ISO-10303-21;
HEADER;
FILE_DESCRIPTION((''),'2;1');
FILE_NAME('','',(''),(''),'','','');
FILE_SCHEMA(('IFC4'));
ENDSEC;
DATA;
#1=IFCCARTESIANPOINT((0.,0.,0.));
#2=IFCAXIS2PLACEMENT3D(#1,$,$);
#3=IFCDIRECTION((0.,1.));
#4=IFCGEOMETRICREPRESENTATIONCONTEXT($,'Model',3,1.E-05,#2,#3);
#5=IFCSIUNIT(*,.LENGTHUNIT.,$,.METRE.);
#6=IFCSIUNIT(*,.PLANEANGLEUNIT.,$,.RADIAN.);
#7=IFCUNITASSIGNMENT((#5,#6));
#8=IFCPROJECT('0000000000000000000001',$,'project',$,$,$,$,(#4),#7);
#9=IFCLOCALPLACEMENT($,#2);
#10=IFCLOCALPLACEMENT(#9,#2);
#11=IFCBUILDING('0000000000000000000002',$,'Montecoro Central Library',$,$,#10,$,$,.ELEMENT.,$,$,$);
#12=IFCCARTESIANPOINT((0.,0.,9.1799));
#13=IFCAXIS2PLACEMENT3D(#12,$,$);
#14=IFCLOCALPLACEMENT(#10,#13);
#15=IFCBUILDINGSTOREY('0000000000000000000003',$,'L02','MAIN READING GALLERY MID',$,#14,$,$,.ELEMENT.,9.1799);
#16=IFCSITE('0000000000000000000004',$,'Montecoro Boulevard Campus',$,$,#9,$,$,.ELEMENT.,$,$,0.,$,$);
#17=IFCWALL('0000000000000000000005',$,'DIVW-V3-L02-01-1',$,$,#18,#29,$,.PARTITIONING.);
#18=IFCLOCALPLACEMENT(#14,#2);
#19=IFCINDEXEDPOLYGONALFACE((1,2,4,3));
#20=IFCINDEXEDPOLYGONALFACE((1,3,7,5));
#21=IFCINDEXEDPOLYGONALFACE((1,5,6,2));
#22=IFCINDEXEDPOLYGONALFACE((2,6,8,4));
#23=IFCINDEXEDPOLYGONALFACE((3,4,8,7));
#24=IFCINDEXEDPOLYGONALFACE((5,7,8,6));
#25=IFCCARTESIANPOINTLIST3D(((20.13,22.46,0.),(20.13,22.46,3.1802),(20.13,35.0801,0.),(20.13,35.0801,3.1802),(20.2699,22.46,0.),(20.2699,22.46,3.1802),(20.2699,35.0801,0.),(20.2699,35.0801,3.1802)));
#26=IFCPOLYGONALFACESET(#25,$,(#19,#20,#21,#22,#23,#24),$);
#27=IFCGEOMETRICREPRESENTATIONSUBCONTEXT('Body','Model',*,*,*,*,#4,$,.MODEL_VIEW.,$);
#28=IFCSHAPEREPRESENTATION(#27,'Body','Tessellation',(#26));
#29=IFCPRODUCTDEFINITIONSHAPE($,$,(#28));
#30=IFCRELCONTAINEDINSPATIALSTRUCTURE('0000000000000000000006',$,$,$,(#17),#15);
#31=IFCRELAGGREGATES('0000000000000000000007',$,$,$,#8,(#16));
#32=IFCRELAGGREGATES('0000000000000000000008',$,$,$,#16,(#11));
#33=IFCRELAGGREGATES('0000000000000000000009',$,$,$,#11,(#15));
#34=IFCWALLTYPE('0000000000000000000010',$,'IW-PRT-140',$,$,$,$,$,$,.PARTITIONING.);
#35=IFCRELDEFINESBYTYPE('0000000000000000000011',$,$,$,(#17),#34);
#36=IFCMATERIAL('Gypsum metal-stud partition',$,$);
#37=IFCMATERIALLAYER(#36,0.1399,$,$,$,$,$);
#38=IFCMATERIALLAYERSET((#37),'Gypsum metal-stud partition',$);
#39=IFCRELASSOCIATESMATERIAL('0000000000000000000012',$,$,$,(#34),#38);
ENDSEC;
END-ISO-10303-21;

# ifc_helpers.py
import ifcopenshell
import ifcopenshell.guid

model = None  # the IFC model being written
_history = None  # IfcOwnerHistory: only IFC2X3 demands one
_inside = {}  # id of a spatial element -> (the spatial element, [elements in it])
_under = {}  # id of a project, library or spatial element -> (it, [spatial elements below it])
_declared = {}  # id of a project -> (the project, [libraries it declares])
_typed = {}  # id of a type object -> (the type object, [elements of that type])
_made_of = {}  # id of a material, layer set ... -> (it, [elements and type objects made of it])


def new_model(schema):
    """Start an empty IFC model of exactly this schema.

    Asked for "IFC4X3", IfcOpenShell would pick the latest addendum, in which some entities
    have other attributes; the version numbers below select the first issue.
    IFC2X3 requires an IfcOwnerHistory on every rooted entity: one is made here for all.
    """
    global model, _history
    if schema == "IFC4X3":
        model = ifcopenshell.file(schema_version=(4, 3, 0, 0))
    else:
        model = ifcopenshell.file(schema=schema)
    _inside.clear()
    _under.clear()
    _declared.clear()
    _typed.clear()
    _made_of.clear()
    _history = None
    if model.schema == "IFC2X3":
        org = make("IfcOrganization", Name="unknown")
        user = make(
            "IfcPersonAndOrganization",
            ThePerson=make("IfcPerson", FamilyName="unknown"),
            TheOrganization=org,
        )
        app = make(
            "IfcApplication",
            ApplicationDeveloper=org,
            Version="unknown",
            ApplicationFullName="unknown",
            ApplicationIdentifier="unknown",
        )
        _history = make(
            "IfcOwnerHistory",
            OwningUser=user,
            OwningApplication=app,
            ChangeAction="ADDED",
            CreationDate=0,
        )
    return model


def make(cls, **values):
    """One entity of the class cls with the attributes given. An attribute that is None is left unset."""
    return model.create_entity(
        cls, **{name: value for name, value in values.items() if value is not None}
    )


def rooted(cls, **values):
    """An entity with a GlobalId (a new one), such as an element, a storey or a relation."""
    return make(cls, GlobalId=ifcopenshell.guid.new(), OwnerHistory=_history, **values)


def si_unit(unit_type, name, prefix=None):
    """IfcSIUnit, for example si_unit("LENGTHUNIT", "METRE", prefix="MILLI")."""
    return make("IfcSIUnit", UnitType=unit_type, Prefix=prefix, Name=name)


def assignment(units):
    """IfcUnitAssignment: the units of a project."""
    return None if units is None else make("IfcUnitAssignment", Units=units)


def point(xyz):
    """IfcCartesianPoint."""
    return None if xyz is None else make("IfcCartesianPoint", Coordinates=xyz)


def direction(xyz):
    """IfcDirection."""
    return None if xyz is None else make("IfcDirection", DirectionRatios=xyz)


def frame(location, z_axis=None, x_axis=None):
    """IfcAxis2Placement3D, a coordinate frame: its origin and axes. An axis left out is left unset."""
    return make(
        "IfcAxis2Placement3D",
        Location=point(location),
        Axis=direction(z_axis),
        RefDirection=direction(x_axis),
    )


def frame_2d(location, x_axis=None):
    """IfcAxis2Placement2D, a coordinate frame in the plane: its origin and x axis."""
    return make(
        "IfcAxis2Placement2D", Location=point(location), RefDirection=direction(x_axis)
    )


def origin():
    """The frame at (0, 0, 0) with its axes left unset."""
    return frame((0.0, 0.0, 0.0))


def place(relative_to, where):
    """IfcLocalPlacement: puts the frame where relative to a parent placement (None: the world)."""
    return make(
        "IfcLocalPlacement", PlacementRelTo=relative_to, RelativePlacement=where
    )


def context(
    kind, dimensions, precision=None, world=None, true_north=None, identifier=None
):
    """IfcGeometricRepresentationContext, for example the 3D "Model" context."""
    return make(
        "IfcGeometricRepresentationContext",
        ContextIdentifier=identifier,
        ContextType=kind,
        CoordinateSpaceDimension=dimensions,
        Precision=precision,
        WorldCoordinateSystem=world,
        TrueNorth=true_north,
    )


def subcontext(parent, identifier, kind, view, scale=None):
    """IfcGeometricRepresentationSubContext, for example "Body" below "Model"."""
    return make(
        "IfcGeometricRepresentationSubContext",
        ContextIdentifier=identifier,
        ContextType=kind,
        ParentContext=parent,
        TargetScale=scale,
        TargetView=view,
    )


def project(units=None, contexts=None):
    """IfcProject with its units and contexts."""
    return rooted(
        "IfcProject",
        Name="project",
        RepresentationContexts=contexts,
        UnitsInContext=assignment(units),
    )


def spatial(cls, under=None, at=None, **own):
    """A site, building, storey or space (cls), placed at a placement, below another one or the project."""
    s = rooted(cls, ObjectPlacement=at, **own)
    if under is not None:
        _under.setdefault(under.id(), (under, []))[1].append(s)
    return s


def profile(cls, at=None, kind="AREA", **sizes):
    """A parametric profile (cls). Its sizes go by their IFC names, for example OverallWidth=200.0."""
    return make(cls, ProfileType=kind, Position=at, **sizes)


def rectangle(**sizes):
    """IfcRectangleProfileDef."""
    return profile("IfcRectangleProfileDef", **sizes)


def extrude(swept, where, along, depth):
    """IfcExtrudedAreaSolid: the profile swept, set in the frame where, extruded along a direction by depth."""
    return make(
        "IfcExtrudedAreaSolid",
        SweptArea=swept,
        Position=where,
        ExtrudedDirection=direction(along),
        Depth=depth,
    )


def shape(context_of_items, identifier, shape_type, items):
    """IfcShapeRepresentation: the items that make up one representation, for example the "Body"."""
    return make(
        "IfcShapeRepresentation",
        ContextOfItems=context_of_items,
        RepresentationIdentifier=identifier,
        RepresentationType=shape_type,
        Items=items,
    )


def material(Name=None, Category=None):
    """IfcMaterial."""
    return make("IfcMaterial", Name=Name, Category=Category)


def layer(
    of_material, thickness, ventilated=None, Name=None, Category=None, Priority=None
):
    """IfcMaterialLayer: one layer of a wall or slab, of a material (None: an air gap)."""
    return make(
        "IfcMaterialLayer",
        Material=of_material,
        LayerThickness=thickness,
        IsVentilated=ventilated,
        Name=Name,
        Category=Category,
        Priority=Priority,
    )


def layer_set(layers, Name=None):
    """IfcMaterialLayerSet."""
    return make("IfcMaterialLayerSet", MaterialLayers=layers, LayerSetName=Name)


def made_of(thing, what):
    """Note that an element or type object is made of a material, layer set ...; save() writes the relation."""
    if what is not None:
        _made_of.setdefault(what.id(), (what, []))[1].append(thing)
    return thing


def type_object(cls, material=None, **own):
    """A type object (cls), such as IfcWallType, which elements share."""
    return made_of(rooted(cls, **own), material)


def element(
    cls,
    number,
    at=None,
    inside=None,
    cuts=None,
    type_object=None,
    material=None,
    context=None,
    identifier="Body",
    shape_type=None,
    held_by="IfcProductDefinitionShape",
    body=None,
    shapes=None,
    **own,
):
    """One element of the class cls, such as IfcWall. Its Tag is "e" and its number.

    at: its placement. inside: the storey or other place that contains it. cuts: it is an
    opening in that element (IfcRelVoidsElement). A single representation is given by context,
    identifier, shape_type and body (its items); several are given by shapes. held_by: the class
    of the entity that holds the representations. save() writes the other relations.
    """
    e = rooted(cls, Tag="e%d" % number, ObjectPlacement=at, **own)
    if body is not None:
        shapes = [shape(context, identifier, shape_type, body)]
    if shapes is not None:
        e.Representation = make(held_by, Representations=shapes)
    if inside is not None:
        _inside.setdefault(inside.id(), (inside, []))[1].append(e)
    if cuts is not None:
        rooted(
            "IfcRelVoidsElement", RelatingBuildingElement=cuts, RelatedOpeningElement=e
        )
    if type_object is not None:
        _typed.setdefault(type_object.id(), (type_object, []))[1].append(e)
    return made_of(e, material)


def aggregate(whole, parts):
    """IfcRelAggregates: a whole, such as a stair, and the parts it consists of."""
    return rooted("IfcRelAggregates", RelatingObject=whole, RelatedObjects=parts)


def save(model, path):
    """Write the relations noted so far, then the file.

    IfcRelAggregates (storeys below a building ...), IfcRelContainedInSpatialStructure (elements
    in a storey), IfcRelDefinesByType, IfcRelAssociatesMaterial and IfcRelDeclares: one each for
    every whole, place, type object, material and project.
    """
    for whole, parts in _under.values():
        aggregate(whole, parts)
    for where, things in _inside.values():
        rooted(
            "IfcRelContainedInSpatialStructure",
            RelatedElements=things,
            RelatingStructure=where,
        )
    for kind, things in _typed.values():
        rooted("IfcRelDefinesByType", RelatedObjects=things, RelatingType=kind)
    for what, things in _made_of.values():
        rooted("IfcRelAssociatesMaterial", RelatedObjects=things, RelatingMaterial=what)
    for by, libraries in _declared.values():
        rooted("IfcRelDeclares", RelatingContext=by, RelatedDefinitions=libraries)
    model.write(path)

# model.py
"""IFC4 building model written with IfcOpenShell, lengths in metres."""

from ifc_helpers import new_model, si_unit, direction, frame, frame_2d, origin, place, context, subcontext, project, spatial, rectangle, extrude, material, layer, layer_set, type_object, element, save


model = new_model("IFC4")

# Units and contexts
model_context = context("Model", 3, precision=1e-05, world=origin(), true_north=direction((0.0, 1.0)))
body_context = subcontext(model_context, "Body", "Model", "MODEL_VIEW")
ifc_project = project(units=[si_unit("LENGTHUNIT", "METRE"), si_unit("PLANEANGLEUNIT", "RADIAN")], contexts=[model_context])

# Site, building, storey
site_placement = place(None, origin())
site = spatial("IfcSite", under=ifc_project, at=site_placement, Name="Montecoro Boulevard Campus", CompositionType="ELEMENT", RefElevation=0.0)
building_placement = place(site_placement, origin())
building = spatial("IfcBuilding", under=site, at=building_placement, Name="Montecoro Central Library", CompositionType="ELEMENT")
storey_placement = place(building_placement, frame((0.0, 0.0, 9.1799)))
storey = spatial("IfcBuildingStorey", under=building, at=storey_placement, Name="L02", Description="MAIN READING GALLERY MID", CompositionType="ELEMENT", Elevation=9.1799)

# Wall
ifc_material_1 = material(Name="Gypsum metal-stud partition")
ifc_layer_1 = layer(ifc_material_1, 0.1399)
ifc_layer_set_1 = layer_set([ifc_layer_1], Name="Gypsum metal-stud partition")
wall_type_1 = type_object("IfcWallType", Name="IW-PRT-140", PredefinedType="PARTITIONING", material=ifc_layer_set_1)
wall_1_placement = place(storey_placement, frame((20.2, 22.46, 0.0), z_axis=(0.0, 0.0, 1.0), x_axis=(0.0, 1.0, 0.0)))
element("IfcWall", 1, at=wall_1_placement, inside=storey, type_object=wall_type_1, Name="DIVW-V3-L02-01-1", PredefinedType="PARTITIONING", context=body_context, shape_type="SweptSolid", body=[
    extrude(rectangle(XDim=12.6201, YDim=0.1399, at=frame_2d((6.3101, 0.0))), origin(), (0.0, 0.0, 1.0), 3.1802),
])

save(model, "model.ifc")
